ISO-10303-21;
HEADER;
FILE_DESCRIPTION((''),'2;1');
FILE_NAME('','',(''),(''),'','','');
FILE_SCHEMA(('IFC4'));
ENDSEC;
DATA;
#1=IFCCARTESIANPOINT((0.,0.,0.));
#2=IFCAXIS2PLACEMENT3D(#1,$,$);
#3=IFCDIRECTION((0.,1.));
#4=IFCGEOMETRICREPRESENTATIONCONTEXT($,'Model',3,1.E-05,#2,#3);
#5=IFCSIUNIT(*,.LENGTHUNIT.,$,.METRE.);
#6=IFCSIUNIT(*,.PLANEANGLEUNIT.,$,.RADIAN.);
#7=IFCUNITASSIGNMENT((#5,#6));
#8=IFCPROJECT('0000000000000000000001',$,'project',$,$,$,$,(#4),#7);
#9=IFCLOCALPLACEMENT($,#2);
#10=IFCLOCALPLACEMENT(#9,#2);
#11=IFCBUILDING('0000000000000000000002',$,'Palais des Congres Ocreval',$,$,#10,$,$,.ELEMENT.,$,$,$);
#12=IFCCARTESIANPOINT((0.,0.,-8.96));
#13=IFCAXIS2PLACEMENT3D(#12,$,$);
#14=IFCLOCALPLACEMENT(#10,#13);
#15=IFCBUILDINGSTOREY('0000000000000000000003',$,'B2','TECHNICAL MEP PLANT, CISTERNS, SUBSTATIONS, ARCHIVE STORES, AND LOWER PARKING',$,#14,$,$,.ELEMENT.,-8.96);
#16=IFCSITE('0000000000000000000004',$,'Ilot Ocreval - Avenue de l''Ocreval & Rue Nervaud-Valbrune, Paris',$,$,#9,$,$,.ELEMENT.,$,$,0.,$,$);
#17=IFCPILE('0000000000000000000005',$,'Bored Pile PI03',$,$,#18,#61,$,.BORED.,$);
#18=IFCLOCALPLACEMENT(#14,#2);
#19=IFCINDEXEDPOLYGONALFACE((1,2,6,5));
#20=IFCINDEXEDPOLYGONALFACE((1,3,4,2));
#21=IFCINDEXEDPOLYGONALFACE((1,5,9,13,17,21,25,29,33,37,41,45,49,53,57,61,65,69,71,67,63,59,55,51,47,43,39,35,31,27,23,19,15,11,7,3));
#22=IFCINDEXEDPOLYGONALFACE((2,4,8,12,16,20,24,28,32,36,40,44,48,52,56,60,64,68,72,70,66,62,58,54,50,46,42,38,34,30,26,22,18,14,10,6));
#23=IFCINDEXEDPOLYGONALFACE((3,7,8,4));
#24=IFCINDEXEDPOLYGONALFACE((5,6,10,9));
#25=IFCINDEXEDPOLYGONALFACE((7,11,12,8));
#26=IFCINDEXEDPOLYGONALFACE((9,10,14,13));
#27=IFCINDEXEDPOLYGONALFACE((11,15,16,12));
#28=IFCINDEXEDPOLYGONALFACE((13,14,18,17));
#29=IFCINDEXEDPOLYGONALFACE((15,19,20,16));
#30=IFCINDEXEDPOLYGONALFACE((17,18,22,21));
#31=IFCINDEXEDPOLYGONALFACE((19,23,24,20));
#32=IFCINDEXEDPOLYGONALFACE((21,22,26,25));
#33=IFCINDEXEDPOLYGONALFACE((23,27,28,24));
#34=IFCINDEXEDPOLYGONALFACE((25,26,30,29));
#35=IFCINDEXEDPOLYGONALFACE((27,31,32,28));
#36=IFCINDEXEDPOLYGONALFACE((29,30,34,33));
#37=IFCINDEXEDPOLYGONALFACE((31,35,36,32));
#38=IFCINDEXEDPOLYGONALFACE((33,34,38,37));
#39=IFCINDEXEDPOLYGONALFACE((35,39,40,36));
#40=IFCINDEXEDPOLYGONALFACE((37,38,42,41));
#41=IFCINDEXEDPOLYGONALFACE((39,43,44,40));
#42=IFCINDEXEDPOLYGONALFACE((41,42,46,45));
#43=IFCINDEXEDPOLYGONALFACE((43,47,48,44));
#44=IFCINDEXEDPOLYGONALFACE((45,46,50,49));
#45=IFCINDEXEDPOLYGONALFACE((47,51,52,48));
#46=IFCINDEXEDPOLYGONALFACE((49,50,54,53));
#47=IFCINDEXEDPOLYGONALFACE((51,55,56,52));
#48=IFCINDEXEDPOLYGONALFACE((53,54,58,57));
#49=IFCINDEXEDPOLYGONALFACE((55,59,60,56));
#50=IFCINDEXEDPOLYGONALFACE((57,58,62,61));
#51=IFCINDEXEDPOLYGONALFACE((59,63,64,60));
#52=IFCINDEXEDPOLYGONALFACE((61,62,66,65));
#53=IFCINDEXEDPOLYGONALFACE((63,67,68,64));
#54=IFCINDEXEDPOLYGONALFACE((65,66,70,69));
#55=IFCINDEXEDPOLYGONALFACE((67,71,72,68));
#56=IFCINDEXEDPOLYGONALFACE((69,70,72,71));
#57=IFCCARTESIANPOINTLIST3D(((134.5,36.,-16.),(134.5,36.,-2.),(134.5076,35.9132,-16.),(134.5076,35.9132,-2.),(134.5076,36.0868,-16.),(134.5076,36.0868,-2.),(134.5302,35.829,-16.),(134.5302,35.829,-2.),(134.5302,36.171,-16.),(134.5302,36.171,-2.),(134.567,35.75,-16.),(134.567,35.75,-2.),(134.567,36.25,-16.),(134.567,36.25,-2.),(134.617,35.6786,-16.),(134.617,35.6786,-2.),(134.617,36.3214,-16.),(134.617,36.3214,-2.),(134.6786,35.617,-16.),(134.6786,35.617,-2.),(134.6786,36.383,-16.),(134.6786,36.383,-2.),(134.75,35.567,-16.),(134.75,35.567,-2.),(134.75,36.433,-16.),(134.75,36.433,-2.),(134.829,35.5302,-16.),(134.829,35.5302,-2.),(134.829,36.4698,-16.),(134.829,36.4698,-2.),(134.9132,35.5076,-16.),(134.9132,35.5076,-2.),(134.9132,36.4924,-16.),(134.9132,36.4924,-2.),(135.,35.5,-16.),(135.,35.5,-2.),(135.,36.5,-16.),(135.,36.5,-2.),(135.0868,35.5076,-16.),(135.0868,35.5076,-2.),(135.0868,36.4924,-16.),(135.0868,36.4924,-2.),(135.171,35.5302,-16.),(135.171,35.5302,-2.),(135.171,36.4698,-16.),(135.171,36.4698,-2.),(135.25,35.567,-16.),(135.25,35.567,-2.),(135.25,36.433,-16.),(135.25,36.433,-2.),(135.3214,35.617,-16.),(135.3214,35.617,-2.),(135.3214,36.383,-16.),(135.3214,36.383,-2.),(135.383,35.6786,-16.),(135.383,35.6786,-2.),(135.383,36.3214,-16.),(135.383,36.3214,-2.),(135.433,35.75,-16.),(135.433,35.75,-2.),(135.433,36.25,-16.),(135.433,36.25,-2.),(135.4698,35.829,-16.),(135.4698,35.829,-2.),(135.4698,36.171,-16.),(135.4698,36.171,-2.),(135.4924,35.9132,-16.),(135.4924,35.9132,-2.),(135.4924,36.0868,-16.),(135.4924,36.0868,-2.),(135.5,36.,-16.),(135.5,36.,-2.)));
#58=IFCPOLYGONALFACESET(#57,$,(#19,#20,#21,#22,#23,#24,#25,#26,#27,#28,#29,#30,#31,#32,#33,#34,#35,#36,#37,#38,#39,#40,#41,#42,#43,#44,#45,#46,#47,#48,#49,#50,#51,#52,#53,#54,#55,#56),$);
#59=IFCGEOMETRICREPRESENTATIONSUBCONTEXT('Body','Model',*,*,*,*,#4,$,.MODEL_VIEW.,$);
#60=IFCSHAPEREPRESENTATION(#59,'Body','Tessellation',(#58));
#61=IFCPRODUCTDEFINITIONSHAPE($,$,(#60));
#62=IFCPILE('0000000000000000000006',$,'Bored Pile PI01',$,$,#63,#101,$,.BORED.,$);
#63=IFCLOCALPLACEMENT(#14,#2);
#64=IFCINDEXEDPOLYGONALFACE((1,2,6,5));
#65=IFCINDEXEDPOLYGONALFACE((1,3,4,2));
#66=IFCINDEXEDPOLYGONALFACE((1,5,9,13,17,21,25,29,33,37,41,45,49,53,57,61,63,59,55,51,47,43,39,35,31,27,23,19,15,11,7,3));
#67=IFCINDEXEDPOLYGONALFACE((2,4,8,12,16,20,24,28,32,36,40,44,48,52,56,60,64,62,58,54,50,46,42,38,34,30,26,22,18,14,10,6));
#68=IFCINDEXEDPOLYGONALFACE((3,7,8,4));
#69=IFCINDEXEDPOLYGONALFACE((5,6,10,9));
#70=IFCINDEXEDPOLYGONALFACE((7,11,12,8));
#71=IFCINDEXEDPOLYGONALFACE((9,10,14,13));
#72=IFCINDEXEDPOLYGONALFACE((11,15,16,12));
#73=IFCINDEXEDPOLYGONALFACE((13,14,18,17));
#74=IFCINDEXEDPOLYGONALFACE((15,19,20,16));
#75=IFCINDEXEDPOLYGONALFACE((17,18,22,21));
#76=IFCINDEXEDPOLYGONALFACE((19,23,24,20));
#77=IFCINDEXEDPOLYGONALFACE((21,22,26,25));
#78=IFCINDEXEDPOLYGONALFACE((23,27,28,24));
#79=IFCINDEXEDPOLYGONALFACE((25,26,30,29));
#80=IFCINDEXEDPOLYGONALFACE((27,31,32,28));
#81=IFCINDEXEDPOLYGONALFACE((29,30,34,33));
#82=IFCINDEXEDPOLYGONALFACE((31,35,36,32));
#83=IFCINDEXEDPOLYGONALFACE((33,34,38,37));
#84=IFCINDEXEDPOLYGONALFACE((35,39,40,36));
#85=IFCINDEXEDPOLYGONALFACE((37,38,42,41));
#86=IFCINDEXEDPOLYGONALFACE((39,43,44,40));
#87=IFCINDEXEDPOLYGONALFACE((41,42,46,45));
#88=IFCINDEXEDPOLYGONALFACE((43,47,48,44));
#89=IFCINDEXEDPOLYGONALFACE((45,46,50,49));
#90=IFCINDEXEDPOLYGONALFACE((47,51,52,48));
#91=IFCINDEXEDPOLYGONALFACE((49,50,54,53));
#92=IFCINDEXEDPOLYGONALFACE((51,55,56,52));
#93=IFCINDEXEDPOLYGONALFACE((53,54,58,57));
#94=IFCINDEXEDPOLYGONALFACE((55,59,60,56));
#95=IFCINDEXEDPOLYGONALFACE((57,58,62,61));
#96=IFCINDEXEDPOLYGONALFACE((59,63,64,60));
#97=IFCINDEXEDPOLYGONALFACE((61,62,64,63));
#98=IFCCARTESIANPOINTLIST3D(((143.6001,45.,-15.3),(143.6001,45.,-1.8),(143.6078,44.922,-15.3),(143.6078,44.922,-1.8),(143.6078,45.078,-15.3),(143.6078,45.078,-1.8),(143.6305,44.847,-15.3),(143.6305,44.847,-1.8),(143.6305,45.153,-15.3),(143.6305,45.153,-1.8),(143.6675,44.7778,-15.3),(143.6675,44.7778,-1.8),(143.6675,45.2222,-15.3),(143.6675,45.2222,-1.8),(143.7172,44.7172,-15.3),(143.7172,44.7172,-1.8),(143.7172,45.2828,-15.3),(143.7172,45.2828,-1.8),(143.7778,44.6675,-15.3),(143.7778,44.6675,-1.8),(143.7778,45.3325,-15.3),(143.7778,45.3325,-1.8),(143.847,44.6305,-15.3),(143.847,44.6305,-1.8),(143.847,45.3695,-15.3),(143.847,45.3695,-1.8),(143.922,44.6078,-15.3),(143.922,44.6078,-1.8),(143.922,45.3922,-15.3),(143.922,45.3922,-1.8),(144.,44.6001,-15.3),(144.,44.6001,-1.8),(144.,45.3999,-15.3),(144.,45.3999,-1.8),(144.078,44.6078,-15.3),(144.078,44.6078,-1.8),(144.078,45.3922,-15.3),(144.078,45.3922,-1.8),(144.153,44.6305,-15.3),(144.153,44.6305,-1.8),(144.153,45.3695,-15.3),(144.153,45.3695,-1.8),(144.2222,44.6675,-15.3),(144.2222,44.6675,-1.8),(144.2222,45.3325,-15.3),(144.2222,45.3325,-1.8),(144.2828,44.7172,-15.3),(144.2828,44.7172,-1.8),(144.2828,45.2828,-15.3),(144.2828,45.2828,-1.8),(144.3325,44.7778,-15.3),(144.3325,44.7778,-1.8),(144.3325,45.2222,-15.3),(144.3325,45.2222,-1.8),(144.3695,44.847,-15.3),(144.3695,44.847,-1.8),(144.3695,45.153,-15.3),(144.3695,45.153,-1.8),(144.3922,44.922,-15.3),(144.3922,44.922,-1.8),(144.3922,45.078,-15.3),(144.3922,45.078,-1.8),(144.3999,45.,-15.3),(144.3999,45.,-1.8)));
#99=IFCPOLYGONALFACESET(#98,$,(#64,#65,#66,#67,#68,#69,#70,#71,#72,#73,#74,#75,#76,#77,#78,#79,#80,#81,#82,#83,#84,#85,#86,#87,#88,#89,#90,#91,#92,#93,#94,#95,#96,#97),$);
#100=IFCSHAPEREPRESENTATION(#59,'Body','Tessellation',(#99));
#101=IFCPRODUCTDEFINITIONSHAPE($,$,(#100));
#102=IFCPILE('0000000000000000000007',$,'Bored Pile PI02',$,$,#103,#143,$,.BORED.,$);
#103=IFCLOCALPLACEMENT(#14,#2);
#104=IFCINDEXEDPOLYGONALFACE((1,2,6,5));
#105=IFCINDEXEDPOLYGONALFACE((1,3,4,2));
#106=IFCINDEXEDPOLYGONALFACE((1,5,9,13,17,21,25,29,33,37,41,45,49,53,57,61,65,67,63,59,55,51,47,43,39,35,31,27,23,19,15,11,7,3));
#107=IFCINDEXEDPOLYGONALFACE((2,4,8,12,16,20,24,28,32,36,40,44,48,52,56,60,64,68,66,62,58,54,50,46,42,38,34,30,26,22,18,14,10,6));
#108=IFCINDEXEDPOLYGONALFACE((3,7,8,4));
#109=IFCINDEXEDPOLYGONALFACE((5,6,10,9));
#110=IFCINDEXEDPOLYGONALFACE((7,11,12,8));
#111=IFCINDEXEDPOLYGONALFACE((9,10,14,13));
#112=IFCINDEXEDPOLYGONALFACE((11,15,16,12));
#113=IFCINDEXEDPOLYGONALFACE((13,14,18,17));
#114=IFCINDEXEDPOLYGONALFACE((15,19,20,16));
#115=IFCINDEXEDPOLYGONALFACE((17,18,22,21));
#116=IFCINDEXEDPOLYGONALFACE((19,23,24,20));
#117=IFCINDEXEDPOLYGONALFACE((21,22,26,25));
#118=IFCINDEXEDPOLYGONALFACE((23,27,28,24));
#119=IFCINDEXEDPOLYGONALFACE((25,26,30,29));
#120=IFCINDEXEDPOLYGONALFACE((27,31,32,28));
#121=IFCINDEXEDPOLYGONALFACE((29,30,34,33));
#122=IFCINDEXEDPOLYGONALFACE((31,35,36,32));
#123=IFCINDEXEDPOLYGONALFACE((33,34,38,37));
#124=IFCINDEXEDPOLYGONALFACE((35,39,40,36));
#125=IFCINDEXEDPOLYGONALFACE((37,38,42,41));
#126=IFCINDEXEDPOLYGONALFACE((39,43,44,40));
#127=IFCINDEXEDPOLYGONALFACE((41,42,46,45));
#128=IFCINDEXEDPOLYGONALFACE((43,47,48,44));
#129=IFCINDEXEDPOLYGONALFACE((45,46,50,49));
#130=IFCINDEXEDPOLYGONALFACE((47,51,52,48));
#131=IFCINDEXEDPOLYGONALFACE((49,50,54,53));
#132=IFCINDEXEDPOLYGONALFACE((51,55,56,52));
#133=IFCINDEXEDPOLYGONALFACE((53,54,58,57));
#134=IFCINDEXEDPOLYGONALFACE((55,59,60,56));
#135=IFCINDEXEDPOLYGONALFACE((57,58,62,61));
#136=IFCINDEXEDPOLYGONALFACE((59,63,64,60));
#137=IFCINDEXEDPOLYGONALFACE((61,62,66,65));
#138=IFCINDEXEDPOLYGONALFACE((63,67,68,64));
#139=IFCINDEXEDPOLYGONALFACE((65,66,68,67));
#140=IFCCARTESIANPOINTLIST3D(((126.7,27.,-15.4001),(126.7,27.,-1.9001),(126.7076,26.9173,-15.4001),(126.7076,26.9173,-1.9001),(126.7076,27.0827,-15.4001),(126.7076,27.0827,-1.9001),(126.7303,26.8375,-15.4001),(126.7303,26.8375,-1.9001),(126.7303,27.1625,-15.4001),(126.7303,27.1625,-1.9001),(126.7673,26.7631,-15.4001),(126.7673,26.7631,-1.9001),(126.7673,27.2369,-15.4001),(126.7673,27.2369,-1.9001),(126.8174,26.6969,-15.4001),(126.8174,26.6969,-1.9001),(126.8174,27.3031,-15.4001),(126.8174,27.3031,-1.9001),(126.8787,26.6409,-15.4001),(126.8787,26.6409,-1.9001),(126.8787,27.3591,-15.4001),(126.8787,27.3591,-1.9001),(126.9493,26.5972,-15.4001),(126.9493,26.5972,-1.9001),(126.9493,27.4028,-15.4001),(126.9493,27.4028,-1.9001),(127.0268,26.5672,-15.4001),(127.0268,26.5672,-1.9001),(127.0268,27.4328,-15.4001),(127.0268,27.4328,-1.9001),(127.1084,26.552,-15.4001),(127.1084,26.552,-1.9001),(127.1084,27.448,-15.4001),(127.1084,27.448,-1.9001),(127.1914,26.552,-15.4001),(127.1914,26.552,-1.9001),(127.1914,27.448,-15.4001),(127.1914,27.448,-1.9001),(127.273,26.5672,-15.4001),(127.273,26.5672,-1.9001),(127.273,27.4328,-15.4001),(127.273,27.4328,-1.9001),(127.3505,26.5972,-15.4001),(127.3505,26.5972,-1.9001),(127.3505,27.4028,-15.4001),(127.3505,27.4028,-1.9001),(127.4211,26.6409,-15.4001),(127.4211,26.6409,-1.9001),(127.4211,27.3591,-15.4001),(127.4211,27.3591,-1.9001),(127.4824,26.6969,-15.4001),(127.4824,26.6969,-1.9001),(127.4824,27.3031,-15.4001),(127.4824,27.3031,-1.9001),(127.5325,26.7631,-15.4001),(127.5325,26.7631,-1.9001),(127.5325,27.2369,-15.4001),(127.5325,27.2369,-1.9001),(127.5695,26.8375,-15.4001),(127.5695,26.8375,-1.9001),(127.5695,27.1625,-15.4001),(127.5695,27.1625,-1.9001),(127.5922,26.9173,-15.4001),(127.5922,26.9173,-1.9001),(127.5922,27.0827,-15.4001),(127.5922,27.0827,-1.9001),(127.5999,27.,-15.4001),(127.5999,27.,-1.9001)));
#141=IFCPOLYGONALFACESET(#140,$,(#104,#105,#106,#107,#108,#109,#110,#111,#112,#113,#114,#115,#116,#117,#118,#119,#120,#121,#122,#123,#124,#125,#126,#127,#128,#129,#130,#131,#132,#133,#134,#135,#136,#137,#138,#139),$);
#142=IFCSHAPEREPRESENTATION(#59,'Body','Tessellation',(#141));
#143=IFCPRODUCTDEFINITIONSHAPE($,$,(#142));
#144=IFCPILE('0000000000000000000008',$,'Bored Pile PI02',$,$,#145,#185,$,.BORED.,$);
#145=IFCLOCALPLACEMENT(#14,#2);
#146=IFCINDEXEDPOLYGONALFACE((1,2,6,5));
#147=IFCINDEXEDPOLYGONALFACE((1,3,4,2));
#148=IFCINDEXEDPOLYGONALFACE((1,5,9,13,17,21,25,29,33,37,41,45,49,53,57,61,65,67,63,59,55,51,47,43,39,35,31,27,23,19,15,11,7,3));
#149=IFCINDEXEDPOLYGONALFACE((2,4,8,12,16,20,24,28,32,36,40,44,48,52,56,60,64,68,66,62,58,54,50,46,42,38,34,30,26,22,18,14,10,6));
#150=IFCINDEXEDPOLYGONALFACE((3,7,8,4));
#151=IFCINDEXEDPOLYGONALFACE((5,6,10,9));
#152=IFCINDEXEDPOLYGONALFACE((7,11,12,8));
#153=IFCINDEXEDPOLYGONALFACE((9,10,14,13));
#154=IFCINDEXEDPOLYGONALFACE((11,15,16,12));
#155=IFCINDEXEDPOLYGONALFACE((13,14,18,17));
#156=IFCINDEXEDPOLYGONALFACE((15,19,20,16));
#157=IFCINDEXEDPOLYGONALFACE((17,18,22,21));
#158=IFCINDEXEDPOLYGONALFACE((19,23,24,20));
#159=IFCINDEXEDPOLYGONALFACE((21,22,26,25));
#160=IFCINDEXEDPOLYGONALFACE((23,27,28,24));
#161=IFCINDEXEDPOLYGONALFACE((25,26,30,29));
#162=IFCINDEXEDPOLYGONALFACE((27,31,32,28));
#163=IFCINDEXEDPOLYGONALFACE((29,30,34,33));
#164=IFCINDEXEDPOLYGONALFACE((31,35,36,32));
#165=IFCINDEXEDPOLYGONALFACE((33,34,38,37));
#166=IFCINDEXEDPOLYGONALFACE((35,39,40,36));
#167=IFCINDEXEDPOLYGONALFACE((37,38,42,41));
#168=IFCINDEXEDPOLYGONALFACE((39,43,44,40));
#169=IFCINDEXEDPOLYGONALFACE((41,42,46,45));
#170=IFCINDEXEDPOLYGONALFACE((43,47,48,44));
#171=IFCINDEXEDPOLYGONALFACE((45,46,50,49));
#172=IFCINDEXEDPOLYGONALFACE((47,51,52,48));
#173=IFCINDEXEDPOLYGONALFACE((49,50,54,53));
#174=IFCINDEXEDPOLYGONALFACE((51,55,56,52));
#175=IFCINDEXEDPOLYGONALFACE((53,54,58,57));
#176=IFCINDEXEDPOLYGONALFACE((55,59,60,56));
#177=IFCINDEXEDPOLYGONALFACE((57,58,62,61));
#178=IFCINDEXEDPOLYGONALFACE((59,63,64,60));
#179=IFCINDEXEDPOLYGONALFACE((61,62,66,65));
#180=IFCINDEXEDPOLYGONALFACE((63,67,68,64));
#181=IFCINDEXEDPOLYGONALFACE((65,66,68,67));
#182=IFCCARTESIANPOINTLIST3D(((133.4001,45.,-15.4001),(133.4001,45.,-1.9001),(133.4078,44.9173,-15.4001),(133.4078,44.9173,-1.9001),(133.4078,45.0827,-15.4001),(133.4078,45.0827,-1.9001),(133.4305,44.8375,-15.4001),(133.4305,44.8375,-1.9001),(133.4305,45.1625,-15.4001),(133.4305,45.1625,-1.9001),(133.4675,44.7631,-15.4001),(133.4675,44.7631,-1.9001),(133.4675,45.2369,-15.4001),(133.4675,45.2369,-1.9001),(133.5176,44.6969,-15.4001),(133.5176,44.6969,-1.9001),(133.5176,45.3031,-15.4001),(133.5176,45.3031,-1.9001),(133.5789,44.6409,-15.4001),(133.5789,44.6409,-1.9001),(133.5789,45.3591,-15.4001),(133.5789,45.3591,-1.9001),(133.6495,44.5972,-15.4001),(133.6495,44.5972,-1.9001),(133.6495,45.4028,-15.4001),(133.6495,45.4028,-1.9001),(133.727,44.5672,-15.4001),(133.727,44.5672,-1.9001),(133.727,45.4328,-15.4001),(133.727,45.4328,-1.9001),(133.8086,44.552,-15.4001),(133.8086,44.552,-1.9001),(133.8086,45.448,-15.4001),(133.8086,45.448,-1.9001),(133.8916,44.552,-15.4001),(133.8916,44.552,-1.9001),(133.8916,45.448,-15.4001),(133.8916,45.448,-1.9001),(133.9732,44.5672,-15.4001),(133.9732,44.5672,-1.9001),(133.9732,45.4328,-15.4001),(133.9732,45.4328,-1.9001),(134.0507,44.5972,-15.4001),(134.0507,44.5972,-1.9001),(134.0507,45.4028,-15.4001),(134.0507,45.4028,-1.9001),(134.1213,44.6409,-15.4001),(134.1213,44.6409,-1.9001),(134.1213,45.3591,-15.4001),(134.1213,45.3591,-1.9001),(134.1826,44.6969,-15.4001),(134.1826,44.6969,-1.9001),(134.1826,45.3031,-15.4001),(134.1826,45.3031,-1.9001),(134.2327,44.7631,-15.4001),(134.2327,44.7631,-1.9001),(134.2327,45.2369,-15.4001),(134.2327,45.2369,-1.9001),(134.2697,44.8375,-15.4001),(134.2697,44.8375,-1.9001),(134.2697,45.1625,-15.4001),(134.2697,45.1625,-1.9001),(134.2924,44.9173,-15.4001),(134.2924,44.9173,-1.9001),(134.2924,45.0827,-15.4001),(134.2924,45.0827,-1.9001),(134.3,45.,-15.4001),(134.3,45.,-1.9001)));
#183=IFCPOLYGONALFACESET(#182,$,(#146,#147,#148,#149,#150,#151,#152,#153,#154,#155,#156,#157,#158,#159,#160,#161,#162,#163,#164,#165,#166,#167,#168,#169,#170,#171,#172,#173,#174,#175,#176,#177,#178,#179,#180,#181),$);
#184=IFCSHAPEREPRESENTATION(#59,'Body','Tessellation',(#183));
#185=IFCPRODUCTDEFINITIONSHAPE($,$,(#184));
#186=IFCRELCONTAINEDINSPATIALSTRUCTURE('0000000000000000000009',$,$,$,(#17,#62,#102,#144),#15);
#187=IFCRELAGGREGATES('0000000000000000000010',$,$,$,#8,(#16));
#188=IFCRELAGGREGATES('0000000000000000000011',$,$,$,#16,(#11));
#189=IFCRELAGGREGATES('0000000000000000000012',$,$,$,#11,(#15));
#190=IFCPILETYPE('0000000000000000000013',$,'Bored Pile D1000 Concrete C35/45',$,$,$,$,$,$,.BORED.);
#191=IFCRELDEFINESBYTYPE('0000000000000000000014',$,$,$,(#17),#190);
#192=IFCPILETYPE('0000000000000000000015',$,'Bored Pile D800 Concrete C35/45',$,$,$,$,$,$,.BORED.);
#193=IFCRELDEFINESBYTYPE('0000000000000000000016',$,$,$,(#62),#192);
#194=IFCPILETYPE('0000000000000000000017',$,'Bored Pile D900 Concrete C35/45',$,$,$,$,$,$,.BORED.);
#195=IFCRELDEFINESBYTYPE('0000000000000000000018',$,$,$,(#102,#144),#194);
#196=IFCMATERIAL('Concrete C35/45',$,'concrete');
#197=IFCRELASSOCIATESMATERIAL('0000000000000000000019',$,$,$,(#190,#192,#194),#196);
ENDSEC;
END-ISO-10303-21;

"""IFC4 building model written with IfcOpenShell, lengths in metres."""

from ifc_helpers import new_model, si_unit, direction, frame, origin, origin_2d, place, context, subcontext, project, spatial, circle, extrude, material, material_profile, profile_set, type_object, element, save


model = new_model("IFC4")

# Units and contexts
model_context = context("Model", 3, precision=1e-05, world=origin(), true_north=direction((0.0, 1.0)))
body_context = subcontext(model_context, "Body", "Model", "MODEL_VIEW")
ifc_project = project(units=[si_unit("LENGTHUNIT", "METRE"), si_unit("PLANEANGLEUNIT", "RADIAN")], contexts=[model_context])

# Site, building, storey
site_placement = place(None, origin())
site = spatial("IfcSite", under=ifc_project, at=site_placement, Name="Ilot Ocreval - Avenue de l'Ocreval & Rue Nervaud-Valbrune, Paris", CompositionType="ELEMENT", RefElevation=0.0)
building_placement = place(site_placement, origin())
building = spatial("IfcBuilding", under=site, at=building_placement, Name="Palais des Congres Ocreval", CompositionType="ELEMENT")
storey_placement = place(building_placement, frame((0.0, 0.0, -8.96)))
storey = spatial("IfcBuildingStorey", under=building, at=storey_placement, Name="B2", Description="TECHNICAL MEP PLANT, CISTERNS, SUBSTATIONS, ARCHIVE STORES, AND LOWER PARKING", CompositionType="ELEMENT", Elevation=-8.96)

# Piles
ifc_material_1 = material(Name="Concrete C35/45", Category="concrete")
ifc_material_profile_1 = material_profile(ifc_material_1, circle(Radius=0.5, at=origin_2d()), Name="BORED PILE 1000")
ifc_profile_set_1 = profile_set([ifc_material_profile_1], Name="Concrete C35/45")
pile_type_1 = type_object("IfcPileType", Name="Bored Pile D1000 Concrete C35/45", PredefinedType="BORED", material=ifc_profile_set_1)
pile_1_placement = place(storey_placement, frame((135.0, 36.0, -2.0), z_axis=(0.0, 0.0, -1.0), x_axis=(1.0, 0.0, 0.0)))
element("IfcPile", 1, at=pile_1_placement, inside=storey, type_object=pile_type_1, Name="Bored Pile PI03", PredefinedType="BORED", context=body_context, shape_type="SweptSolid", body=[
    extrude(circle(Radius=0.5, at=origin_2d()), origin(), (0.0, 0.0, 1.0), 14.0),
])
ifc_material_profile_2 = material_profile(ifc_material_1, circle(Radius=0.3999, at=origin_2d()), Name="BORED PILE 800")
ifc_profile_set_2 = profile_set([ifc_material_profile_2], Name="Concrete C35/45")
pile_type_2 = type_object("IfcPileType", Name="Bored Pile D800 Concrete C35/45", PredefinedType="BORED", material=ifc_profile_set_2)
pile_2_placement = place(storey_placement, frame((144.0, 45.0, -1.8), z_axis=(0.0, 0.0, -1.0), x_axis=(1.0, 0.0, 0.0)))
element("IfcPile", 2, at=pile_2_placement, inside=storey, type_object=pile_type_2, Name="Bored Pile PI01", PredefinedType="BORED", context=body_context, shape_type="SweptSolid", body=[
    extrude(circle(Radius=0.3999, at=origin_2d()), origin(), (0.0, 0.0, 1.0), 13.5),
])
ifc_material_profile_3 = material_profile(ifc_material_1, circle(Radius=0.45, at=origin_2d()), Name="BORED PILE 900")
ifc_profile_set_3 = profile_set([ifc_material_profile_3], Name="Concrete C35/45")
pile_type_3 = type_object("IfcPileType", Name="Bored Pile D900 Concrete C35/45", PredefinedType="BORED", material=ifc_profile_set_3)
for number, where, z_axis, x_axis, name in (
    (3, (127.1499, 27.0, -1.9001), (0.0, 0.0, -1.0), (1.0, 0.0, 0.0), "Bored Pile PI02"),
    (4, (133.8501, 45.0, -1.9001), (0.0, 0.0, -1.0), (1.0, 0.0, 0.0), "Bored Pile PI02"),
):
    element("IfcPile", number, at=place(storey_placement, frame(where, z_axis=z_axis, x_axis=x_axis)), inside=storey, type_object=pile_type_3, Name=name, PredefinedType="BORED", context=body_context, shape_type="SweptSolid", body=[
        extrude(circle(Radius=0.45, at=origin_2d()), origin(), (0.0, 0.0, 1.0), 13.5),
    ])

save(model, "model.ifc")
